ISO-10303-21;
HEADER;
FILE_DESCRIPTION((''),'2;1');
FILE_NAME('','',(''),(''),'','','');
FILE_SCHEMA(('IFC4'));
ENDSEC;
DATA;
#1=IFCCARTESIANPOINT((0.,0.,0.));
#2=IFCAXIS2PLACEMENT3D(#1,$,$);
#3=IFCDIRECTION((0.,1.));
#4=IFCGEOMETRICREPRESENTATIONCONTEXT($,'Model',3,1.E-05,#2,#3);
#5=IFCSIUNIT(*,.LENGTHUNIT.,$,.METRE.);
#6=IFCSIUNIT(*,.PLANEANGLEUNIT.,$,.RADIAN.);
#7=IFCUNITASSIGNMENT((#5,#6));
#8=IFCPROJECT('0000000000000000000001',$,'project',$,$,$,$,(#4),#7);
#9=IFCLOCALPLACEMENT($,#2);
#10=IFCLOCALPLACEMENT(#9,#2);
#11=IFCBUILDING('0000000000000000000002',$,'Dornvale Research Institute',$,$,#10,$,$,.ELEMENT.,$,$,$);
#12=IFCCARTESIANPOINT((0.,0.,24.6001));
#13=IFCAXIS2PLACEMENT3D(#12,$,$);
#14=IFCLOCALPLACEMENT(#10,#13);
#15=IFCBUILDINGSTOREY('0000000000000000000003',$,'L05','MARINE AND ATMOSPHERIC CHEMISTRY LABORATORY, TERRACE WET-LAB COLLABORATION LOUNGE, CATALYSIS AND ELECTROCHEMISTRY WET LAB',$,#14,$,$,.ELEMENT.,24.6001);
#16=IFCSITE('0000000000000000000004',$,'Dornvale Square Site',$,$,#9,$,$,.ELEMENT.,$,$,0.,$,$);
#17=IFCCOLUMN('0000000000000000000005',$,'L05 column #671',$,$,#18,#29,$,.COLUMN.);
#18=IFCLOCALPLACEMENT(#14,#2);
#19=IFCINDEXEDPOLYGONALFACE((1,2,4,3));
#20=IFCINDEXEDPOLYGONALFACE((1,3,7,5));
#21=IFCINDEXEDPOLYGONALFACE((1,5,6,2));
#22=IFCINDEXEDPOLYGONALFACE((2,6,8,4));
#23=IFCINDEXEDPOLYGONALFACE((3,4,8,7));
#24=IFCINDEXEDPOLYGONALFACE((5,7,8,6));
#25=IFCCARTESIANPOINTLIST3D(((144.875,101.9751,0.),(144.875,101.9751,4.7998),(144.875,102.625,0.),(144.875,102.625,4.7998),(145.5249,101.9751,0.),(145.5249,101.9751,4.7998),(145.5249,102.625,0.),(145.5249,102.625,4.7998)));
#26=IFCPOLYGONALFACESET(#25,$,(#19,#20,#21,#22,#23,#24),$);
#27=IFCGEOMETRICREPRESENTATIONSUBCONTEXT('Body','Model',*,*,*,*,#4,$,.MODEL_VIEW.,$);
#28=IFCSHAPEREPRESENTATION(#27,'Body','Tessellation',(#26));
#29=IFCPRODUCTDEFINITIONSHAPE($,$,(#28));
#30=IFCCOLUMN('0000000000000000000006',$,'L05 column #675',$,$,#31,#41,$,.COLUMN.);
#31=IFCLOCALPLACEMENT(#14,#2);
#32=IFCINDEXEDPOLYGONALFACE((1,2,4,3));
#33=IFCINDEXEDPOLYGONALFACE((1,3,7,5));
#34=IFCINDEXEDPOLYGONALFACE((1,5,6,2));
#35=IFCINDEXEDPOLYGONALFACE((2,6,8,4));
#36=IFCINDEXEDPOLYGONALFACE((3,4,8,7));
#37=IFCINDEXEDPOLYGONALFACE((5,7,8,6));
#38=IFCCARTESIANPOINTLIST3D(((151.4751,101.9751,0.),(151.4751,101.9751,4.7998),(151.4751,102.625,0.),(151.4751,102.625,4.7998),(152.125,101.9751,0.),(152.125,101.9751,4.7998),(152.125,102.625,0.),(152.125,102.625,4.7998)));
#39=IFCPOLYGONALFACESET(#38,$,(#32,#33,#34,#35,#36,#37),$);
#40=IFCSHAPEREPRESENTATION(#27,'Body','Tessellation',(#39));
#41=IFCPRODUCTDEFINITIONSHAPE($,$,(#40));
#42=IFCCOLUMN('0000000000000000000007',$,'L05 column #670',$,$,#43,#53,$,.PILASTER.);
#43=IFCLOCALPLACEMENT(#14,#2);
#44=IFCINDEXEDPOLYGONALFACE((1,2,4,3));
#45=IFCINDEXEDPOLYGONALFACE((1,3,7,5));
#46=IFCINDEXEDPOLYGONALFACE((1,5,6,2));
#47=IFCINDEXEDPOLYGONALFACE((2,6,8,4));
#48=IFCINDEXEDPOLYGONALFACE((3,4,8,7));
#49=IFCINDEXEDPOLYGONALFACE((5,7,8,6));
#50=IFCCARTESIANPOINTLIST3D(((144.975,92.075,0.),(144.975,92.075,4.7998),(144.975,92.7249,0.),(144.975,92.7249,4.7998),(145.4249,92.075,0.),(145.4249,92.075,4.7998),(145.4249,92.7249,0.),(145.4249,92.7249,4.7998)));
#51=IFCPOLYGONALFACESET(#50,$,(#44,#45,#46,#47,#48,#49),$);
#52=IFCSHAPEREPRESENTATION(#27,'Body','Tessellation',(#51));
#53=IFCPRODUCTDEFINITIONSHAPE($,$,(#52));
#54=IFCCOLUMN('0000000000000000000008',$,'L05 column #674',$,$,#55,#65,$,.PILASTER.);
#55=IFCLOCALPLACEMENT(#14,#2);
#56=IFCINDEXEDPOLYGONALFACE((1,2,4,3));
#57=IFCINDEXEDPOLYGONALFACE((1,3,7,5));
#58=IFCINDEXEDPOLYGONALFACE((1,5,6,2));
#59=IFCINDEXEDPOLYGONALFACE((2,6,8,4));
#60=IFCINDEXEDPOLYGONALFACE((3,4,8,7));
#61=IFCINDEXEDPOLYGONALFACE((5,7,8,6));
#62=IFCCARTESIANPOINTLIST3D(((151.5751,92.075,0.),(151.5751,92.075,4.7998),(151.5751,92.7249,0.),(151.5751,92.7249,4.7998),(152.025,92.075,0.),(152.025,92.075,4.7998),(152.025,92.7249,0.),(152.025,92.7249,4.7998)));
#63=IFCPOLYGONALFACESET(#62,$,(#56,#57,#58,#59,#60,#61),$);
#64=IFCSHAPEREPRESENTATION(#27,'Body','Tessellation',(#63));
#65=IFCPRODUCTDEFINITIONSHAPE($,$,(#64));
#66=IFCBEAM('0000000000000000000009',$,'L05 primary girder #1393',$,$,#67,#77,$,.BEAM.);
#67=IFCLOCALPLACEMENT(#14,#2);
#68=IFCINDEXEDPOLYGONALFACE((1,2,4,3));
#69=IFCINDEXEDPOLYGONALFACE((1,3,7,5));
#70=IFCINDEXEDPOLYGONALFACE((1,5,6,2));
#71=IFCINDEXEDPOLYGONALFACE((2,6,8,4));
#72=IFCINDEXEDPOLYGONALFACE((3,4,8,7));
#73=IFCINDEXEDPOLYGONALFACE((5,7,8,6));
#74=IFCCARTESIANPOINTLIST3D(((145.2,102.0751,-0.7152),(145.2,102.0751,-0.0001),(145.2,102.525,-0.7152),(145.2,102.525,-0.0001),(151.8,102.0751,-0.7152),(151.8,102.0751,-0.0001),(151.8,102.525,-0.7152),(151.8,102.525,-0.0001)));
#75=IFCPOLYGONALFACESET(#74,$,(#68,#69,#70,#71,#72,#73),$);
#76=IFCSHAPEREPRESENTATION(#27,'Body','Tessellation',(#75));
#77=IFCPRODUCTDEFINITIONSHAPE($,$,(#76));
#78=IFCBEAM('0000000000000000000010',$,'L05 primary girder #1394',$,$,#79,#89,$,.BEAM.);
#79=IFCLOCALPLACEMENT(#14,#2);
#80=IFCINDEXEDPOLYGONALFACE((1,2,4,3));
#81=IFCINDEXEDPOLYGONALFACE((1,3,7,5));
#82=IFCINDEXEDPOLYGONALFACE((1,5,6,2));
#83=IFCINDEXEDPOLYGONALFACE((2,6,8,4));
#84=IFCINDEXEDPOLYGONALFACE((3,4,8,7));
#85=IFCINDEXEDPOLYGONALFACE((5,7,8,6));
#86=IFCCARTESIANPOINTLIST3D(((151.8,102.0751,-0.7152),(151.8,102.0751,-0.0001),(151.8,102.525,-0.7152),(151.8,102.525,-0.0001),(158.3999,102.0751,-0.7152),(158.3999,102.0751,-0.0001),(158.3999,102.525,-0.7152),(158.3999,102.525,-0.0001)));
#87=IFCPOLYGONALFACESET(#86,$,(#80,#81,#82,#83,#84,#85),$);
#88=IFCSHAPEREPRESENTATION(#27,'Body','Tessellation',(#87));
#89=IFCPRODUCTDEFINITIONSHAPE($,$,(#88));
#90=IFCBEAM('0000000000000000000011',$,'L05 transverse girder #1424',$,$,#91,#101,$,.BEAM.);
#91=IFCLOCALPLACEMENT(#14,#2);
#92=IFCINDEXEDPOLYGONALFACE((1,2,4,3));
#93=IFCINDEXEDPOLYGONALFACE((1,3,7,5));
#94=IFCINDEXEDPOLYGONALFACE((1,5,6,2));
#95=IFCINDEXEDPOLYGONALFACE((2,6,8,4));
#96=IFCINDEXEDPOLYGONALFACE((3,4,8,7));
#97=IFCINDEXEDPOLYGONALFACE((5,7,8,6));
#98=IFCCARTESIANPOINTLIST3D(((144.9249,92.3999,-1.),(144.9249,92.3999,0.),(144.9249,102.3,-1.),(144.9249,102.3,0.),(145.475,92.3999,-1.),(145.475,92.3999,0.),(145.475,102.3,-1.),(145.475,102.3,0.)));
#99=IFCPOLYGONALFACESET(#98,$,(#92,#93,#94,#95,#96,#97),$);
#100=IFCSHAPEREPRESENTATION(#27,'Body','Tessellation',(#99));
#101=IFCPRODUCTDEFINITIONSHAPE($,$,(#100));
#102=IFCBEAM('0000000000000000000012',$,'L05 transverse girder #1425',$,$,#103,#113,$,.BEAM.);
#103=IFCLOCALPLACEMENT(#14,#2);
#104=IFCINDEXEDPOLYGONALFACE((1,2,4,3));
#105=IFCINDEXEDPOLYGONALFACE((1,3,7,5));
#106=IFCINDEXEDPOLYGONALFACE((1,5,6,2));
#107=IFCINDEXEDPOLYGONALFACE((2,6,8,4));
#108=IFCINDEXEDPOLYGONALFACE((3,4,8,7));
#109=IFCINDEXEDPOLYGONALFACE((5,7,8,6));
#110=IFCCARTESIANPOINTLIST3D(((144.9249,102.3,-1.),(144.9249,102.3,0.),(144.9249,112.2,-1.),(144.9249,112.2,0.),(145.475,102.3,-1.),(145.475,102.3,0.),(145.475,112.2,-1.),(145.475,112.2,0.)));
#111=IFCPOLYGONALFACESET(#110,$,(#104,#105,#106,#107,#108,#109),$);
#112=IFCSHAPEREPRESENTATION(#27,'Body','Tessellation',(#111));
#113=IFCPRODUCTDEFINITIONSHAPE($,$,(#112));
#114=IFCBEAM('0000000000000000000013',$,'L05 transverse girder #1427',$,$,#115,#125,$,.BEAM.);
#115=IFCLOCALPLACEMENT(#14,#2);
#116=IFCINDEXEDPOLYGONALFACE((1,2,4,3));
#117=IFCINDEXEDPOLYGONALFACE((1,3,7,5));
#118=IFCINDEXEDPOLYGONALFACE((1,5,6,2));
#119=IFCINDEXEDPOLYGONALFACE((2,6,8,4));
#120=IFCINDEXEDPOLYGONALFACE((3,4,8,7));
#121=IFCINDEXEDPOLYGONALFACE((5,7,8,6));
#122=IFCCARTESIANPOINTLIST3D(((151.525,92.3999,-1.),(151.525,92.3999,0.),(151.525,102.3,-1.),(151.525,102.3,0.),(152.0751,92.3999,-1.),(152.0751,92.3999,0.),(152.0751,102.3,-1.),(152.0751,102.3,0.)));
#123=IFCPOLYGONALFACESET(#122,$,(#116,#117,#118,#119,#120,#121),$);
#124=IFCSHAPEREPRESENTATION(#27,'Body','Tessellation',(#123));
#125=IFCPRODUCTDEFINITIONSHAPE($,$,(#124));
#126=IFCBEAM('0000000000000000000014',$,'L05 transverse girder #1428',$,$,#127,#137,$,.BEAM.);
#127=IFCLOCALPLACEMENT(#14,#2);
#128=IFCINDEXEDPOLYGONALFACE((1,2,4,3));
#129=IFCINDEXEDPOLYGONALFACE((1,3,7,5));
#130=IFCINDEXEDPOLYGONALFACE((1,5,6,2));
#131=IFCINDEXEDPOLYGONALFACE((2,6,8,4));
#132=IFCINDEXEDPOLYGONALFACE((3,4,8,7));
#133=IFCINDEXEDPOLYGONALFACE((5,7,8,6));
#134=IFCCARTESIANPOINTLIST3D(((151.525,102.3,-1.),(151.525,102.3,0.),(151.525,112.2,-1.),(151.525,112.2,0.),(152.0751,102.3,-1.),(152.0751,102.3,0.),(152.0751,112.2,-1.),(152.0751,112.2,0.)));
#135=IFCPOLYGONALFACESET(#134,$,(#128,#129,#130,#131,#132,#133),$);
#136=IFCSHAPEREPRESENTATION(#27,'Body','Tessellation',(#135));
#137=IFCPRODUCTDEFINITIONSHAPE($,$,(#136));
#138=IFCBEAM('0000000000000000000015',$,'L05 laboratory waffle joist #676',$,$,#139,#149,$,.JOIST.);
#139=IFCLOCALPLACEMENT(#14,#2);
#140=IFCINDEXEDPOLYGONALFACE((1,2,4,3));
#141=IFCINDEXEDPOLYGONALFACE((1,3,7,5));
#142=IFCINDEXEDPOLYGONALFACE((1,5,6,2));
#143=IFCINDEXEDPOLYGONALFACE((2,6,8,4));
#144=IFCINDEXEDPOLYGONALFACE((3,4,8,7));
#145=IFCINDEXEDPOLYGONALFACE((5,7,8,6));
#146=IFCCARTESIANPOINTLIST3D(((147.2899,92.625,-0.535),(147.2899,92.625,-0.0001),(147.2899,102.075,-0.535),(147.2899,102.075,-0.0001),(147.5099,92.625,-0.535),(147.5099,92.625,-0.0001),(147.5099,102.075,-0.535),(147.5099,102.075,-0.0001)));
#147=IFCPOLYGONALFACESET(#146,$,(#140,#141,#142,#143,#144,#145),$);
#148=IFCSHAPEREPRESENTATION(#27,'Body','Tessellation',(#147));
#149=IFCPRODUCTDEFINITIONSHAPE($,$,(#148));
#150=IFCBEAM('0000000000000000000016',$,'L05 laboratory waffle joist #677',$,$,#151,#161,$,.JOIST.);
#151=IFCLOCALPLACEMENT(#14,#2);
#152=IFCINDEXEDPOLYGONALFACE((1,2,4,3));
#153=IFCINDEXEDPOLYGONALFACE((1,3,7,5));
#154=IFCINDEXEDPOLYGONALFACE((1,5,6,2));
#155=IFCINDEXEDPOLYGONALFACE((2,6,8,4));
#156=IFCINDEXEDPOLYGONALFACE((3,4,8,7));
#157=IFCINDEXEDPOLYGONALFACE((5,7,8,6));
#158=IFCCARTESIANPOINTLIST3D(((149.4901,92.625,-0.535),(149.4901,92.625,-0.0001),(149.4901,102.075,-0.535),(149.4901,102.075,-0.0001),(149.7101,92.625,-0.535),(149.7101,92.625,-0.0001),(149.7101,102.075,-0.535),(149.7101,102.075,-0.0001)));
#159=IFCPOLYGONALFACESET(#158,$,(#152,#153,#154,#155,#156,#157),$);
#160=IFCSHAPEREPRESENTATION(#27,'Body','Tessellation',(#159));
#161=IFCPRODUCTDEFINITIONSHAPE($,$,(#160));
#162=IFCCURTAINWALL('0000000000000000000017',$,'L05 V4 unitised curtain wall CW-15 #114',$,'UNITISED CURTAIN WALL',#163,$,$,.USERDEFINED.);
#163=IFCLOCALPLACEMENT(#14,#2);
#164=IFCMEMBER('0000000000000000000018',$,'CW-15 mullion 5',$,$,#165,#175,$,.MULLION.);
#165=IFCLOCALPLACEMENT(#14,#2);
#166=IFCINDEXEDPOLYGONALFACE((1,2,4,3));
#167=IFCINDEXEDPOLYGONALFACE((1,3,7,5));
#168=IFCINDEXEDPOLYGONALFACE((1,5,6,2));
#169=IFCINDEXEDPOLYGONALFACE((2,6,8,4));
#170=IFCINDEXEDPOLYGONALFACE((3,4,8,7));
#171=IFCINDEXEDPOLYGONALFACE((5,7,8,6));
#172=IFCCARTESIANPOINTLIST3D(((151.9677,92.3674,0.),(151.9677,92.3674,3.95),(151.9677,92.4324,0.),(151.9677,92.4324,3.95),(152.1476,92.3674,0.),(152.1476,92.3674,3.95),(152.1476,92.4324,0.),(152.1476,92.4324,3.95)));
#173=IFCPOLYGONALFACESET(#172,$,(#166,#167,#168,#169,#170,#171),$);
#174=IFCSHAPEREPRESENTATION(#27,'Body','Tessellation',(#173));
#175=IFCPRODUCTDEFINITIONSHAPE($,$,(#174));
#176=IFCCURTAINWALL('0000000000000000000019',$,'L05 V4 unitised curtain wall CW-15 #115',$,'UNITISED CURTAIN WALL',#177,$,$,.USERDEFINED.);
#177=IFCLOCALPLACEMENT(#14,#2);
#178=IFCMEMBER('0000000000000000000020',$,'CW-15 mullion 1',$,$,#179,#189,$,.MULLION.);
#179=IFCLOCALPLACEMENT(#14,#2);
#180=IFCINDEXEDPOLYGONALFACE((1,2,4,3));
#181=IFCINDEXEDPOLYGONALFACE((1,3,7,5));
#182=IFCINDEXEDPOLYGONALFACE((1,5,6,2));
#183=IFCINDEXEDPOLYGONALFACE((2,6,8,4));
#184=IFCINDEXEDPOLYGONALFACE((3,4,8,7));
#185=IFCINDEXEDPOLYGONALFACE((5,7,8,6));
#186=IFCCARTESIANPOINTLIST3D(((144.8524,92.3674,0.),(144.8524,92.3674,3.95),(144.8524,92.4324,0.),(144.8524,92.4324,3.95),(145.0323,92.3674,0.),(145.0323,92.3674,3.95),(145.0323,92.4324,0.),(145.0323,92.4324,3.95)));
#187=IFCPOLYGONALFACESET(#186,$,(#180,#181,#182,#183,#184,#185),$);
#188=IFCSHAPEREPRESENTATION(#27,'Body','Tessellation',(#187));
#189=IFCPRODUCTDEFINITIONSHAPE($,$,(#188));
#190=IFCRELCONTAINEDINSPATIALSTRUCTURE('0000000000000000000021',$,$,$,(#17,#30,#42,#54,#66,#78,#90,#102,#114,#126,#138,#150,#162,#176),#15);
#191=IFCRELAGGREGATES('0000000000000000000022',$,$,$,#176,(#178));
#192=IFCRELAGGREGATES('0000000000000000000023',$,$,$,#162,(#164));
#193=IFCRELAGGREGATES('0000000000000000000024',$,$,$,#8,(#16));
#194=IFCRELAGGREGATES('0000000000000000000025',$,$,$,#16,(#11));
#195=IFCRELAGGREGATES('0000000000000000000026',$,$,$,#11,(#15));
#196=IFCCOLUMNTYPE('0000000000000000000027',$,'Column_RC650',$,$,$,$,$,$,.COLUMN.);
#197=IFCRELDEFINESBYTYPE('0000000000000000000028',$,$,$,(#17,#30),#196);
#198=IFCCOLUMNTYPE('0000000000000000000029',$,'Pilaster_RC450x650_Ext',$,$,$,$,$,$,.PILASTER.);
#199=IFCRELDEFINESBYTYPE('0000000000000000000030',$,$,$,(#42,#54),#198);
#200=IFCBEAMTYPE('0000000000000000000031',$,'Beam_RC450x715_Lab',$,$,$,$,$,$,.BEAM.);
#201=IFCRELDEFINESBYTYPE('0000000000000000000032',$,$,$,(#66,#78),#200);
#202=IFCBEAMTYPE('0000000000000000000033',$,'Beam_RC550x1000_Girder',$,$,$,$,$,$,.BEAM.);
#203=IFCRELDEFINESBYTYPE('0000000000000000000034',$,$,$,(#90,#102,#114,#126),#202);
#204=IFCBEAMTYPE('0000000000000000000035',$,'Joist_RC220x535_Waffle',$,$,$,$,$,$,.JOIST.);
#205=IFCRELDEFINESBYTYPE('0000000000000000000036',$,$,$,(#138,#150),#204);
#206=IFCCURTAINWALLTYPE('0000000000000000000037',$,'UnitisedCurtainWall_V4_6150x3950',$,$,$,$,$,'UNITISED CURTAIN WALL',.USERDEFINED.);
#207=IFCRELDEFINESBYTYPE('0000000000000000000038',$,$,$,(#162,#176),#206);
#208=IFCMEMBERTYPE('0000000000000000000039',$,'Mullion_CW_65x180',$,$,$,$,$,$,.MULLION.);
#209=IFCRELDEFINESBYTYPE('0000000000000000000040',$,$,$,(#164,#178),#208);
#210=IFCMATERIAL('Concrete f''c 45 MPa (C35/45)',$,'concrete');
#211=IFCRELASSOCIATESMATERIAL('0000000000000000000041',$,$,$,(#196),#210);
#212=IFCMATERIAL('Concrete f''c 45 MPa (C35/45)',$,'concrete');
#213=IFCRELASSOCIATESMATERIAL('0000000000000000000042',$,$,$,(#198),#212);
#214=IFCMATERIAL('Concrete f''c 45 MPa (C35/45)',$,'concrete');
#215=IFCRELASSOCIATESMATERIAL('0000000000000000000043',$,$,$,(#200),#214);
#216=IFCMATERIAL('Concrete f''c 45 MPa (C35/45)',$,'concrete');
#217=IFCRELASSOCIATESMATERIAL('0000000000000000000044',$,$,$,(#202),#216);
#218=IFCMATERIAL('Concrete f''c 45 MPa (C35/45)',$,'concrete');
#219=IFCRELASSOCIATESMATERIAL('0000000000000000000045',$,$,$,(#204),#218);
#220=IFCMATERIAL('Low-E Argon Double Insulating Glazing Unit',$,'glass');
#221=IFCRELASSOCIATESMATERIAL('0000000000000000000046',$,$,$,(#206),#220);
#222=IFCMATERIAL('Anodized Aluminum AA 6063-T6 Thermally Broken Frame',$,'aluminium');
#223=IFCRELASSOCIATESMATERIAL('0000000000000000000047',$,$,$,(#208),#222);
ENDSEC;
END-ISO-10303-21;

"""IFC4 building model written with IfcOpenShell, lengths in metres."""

from ifc_helpers import new_model, si_unit, direction, frame, origin, origin_2d, place, context, subcontext, project, spatial, rectangle, extrude, material, material_profile, profile_set, type_object, element, aggregate, save


model = new_model("IFC4")

# Units and contexts
model_context = context("Model", 3, precision=1e-05, world=origin(), true_north=direction((0.0, 1.0)))
body_context = subcontext(model_context, "Body", "Model", "MODEL_VIEW")
ifc_project = project(units=[si_unit("LENGTHUNIT", "METRE"), si_unit("PLANEANGLEUNIT", "RADIAN")], contexts=[model_context])

# Site, building, storey
site_placement = place(None, origin())
site = spatial("IfcSite", under=ifc_project, at=site_placement, Name="Dornvale Square Site", CompositionType="ELEMENT", RefElevation=0.0)
building_placement = place(site_placement, origin())
building = spatial("IfcBuilding", under=site, at=building_placement, Name="Dornvale Research Institute", CompositionType="ELEMENT")
storey_placement = place(building_placement, frame((0.0, 0.0, 24.6001)))
storey = spatial("IfcBuildingStorey", under=building, at=storey_placement, Name="L05", Description="MARINE AND ATMOSPHERIC CHEMISTRY LABORATORY, TERRACE WET-LAB COLLABORATION LOUNGE, CATALYSIS AND ELECTROCHEMISTRY WET LAB", CompositionType="ELEMENT", Elevation=24.6001)

# Columns
ifc_material_1 = material(Name="Concrete f'c 45 MPa (C35/45)", Category="concrete")
ifc_material_profile_1 = material_profile(ifc_material_1, rectangle(XDim=0.6499, YDim=0.6499, at=origin_2d()), Name="RC 650x650")
ifc_profile_set_1 = profile_set([ifc_material_profile_1], Name="Concrete f'c 45 MPa (C35/45)")
column_type_1 = type_object("IfcColumnType", Name="Column_RC650", PredefinedType="COLUMN", material=ifc_profile_set_1)
for number, where, z_axis, x_axis, name in (
    (1, (145.2, 102.3, 0.0), (0.0, 0.0, 1.0), (1.0, 0.0, 0.0), "L05 column #671"),
    (2, (151.8, 102.3, 0.0), (0.0, 0.0, 1.0), (1.0, 0.0, 0.0), "L05 column #675"),
):
    element("IfcColumn", number, at=place(storey_placement, frame(where, z_axis=z_axis, x_axis=x_axis)), inside=storey, type_object=column_type_1, Name=name, PredefinedType="COLUMN", context=body_context, shape_type="SweptSolid", body=[
        extrude(rectangle(XDim=0.6499, YDim=0.6499, at=origin_2d()), origin(), (0.0, 0.0, 1.0), 4.7998),
    ])
ifc_material_2 = material(Name="Concrete f'c 45 MPa (C35/45)", Category="concrete")
ifc_material_profile_2 = material_profile(ifc_material_2, rectangle(XDim=0.45, YDim=0.6499, at=origin_2d()), Name="RC 450x650")
ifc_profile_set_2 = profile_set([ifc_material_profile_2], Name="Concrete f'c 45 MPa (C35/45)")
column_type_2 = type_object("IfcColumnType", Name="Pilaster_RC450x650_Ext", PredefinedType="PILASTER", material=ifc_profile_set_2)
for number, where, z_axis, x_axis, name in (
    (3, (145.2, 92.3999, 0.0), (0.0, 0.0, 1.0), (1.0, 0.0, 0.0), "L05 column #670"),
    (4, (151.8, 92.3999, 0.0), (0.0, 0.0, 1.0), (1.0, 0.0, 0.0), "L05 column #674"),
):
    element("IfcColumn", number, at=place(storey_placement, frame(where, z_axis=z_axis, x_axis=x_axis)), inside=storey, type_object=column_type_2, Name=name, PredefinedType="PILASTER", context=body_context, shape_type="SweptSolid", body=[
        extrude(rectangle(XDim=0.45, YDim=0.6499, at=origin_2d()), origin(), (0.0, 0.0, 1.0), 4.7998),
    ])

# Beams
ifc_material_3 = material(Name="Concrete f'c 45 MPa (C35/45)", Category="concrete")
ifc_material_profile_3 = material_profile(ifc_material_3, rectangle(XDim=0.45, YDim=0.7151, at=origin_2d()), Name="RC 450x715")
ifc_profile_set_3 = profile_set([ifc_material_profile_3], Name="Concrete f'c 45 MPa (C35/45)")
beam_type_1 = type_object("IfcBeamType", Name="Beam_RC450x715_Lab", PredefinedType="BEAM", material=ifc_profile_set_3)
beam_1_placement = place(storey_placement, frame((145.2, 102.3, -0.3577), z_axis=(1.0, 0.0, 0.0), x_axis=(0.0, 1.0, 0.0)))
element("IfcBeam", 5, at=beam_1_placement, inside=storey, type_object=beam_type_1, Name="L05 primary girder #1393", PredefinedType="BEAM", context=body_context, shape_type="SweptSolid", body=[
    extrude(rectangle(XDim=0.45, YDim=0.7151, at=origin_2d()), origin(), (0.0, 0.0, 1.0), 6.6001),
])
beam_2_placement = place(storey_placement, frame((151.8, 102.3, -0.3577), z_axis=(1.0, 0.0, 0.0), x_axis=(0.0, 1.0, 0.0)))
element("IfcBeam", 6, at=beam_2_placement, inside=storey, type_object=beam_type_1, Name="L05 primary girder #1394", PredefinedType="BEAM", context=body_context, shape_type="SweptSolid", body=[
    extrude(rectangle(XDim=0.45, YDim=0.7151, at=origin_2d()), origin(), (0.0, 0.0, 1.0), 6.5999),
])
ifc_material_4 = material(Name="Concrete f'c 45 MPa (C35/45)", Category="concrete")
ifc_material_profile_4 = material_profile(ifc_material_4, rectangle(XDim=0.55, YDim=1.0, at=origin_2d()), Name="RC 550x1000")
ifc_profile_set_4 = profile_set([ifc_material_profile_4], Name="Concrete f'c 45 MPa (C35/45)")
beam_type_2 = type_object("IfcBeamType", Name="Beam_RC550x1000_Girder", PredefinedType="BEAM", material=ifc_profile_set_4)
beam_3_placement = place(storey_placement, frame((145.2, 92.3999, -0.5), z_axis=(0.0, 1.0, 0.0), x_axis=(-1.0, 0.0, 0.0)))
element("IfcBeam", 7, at=beam_3_placement, inside=storey, type_object=beam_type_2, Name="L05 transverse girder #1424", PredefinedType="BEAM", context=body_context, shape_type="SweptSolid", body=[
    extrude(rectangle(XDim=0.55, YDim=1.0, at=origin_2d()), origin(), (0.0, 0.0, 1.0), 9.9001),
])
beam_4_placement = place(storey_placement, frame((145.2, 102.3, -0.5), z_axis=(0.0, 1.0, 0.0), x_axis=(-1.0, 0.0, 0.0)))
element("IfcBeam", 8, at=beam_4_placement, inside=storey, type_object=beam_type_2, Name="L05 transverse girder #1425", PredefinedType="BEAM", context=body_context, shape_type="SweptSolid", body=[
    extrude(rectangle(XDim=0.55, YDim=1.0, at=origin_2d()), origin(), (0.0, 0.0, 1.0), 9.8999),
])
beam_5_placement = place(storey_placement, frame((151.8, 92.3999, -0.5), z_axis=(0.0, 1.0, 0.0), x_axis=(-1.0, 0.0, 0.0)))
element("IfcBeam", 9, at=beam_5_placement, inside=storey, type_object=beam_type_2, Name="L05 transverse girder #1427", PredefinedType="BEAM", context=body_context, shape_type="SweptSolid", body=[
    extrude(rectangle(XDim=0.55, YDim=1.0, at=origin_2d()), origin(), (0.0, 0.0, 1.0), 9.9001),
])
beam_6_placement = place(storey_placement, frame((151.8, 102.3, -0.5), z_axis=(0.0, 1.0, 0.0), x_axis=(-1.0, 0.0, 0.0)))
element("IfcBeam", 10, at=beam_6_placement, inside=storey, type_object=beam_type_2, Name="L05 transverse girder #1428", PredefinedType="BEAM", context=body_context, shape_type="SweptSolid", body=[
    extrude(rectangle(XDim=0.55, YDim=1.0, at=origin_2d()), origin(), (0.0, 0.0, 1.0), 9.8999),
])
ifc_material_5 = material(Name="Concrete f'c 45 MPa (C35/45)", Category="concrete")
ifc_material_profile_5 = material_profile(ifc_material_5, rectangle(XDim=0.22, YDim=0.5349, at=origin_2d()), Name="RC 220x535")
ifc_profile_set_5 = profile_set([ifc_material_profile_5], Name="Concrete f'c 45 MPa (C35/45)")
beam_type_3 = type_object("IfcBeamType", Name="Joist_RC220x535_Waffle", PredefinedType="JOIST", material=ifc_profile_set_5)
for number, where, z_axis, x_axis, name in (
    (11, (147.3999, 92.625, -0.2676), (0.0, 1.0, 0.0), (-1.0, 0.0, 0.0), "L05 laboratory waffle joist #676"),
    (12, (149.6001, 92.625, -0.2676), (0.0, 1.0, 0.0), (-1.0, 0.0, 0.0), "L05 laboratory waffle joist #677"),
):
    element("IfcBeam", number, at=place(storey_placement, frame(where, z_axis=z_axis, x_axis=x_axis)), inside=storey, type_object=beam_type_3, Name=name, PredefinedType="JOIST", context=body_context, shape_type="SweptSolid", body=[
        extrude(rectangle(XDim=0.22, YDim=0.5349, at=origin_2d()), origin(), (0.0, 0.0, 1.0), 9.45),
    ])

# Curtain walls, members
ifc_material_6 = material(Name="Low-E Argon Double Insulating Glazing Unit", Category="glass")
curtain_wall_type = type_object("IfcCurtainWallType", Name="UnitisedCurtainWall_V4_6150x3950", ElementType="UNITISED CURTAIN WALL", PredefinedType="USERDEFINED", material=ifc_material_6)
curtain_wall_1_placement = place(storey_placement, origin())
curtain_wall_1 = element("IfcCurtainWall", 13, at=curtain_wall_1_placement, inside=storey, type_object=curtain_wall_type, Name="L05 V4 unitised curtain wall CW-15 #114", ObjectType="UNITISED CURTAIN WALL", PredefinedType="USERDEFINED")
ifc_material_7 = material(Name="Anodized Aluminum AA 6063-T6 Thermally Broken Frame", Category="aluminium")
ifc_material_profile_6 = material_profile(ifc_material_7, rectangle(XDim=0.0649, YDim=0.1799, at=origin_2d()), Name="ALU MULLION 65x180")
ifc_profile_set_6 = profile_set([ifc_material_profile_6], Name="Anodized Aluminum AA 6063-T6 Thermally Broken Frame")
member_type_1 = type_object("IfcMemberType", Name="Mullion_CW_65x180", PredefinedType="MULLION", material=ifc_profile_set_6)
member_1_placement = place(storey_placement, frame((152.0576, 92.3999, 0.0), z_axis=(0.0, 0.0, 1.0), x_axis=(0.0, -1.0, 0.0)))
member_1 = element("IfcMember", 14, at=member_1_placement, type_object=member_type_1, Name="CW-15 mullion 5", PredefinedType="MULLION", context=body_context, shape_type="SweptSolid", body=[
    extrude(rectangle(XDim=0.0649, YDim=0.1799, at=origin_2d()), origin(), (0.0, 0.0, 1.0), 3.95),
])
curtain_wall_2_placement = place(storey_placement, origin())
curtain_wall_2 = element("IfcCurtainWall", 15, at=curtain_wall_2_placement, inside=storey, type_object=curtain_wall_type, Name="L05 V4 unitised curtain wall CW-15 #115", ObjectType="UNITISED CURTAIN WALL", PredefinedType="USERDEFINED")
member_2_placement = place(storey_placement, frame((144.9424, 92.3999, 0.0), z_axis=(0.0, 0.0, 1.0), x_axis=(0.0, -1.0, 0.0)))
member_2 = element("IfcMember", 16, at=member_2_placement, type_object=member_type_1, Name="CW-15 mullion 1", PredefinedType="MULLION", context=body_context, shape_type="SweptSolid", body=[
    extrude(rectangle(XDim=0.0649, YDim=0.1799, at=origin_2d()), origin(), (0.0, 0.0, 1.0), 3.95),
])

aggregate(curtain_wall_2, [member_2])

aggregate(curtain_wall_1, [member_1])

save(model, "model.ifc")
